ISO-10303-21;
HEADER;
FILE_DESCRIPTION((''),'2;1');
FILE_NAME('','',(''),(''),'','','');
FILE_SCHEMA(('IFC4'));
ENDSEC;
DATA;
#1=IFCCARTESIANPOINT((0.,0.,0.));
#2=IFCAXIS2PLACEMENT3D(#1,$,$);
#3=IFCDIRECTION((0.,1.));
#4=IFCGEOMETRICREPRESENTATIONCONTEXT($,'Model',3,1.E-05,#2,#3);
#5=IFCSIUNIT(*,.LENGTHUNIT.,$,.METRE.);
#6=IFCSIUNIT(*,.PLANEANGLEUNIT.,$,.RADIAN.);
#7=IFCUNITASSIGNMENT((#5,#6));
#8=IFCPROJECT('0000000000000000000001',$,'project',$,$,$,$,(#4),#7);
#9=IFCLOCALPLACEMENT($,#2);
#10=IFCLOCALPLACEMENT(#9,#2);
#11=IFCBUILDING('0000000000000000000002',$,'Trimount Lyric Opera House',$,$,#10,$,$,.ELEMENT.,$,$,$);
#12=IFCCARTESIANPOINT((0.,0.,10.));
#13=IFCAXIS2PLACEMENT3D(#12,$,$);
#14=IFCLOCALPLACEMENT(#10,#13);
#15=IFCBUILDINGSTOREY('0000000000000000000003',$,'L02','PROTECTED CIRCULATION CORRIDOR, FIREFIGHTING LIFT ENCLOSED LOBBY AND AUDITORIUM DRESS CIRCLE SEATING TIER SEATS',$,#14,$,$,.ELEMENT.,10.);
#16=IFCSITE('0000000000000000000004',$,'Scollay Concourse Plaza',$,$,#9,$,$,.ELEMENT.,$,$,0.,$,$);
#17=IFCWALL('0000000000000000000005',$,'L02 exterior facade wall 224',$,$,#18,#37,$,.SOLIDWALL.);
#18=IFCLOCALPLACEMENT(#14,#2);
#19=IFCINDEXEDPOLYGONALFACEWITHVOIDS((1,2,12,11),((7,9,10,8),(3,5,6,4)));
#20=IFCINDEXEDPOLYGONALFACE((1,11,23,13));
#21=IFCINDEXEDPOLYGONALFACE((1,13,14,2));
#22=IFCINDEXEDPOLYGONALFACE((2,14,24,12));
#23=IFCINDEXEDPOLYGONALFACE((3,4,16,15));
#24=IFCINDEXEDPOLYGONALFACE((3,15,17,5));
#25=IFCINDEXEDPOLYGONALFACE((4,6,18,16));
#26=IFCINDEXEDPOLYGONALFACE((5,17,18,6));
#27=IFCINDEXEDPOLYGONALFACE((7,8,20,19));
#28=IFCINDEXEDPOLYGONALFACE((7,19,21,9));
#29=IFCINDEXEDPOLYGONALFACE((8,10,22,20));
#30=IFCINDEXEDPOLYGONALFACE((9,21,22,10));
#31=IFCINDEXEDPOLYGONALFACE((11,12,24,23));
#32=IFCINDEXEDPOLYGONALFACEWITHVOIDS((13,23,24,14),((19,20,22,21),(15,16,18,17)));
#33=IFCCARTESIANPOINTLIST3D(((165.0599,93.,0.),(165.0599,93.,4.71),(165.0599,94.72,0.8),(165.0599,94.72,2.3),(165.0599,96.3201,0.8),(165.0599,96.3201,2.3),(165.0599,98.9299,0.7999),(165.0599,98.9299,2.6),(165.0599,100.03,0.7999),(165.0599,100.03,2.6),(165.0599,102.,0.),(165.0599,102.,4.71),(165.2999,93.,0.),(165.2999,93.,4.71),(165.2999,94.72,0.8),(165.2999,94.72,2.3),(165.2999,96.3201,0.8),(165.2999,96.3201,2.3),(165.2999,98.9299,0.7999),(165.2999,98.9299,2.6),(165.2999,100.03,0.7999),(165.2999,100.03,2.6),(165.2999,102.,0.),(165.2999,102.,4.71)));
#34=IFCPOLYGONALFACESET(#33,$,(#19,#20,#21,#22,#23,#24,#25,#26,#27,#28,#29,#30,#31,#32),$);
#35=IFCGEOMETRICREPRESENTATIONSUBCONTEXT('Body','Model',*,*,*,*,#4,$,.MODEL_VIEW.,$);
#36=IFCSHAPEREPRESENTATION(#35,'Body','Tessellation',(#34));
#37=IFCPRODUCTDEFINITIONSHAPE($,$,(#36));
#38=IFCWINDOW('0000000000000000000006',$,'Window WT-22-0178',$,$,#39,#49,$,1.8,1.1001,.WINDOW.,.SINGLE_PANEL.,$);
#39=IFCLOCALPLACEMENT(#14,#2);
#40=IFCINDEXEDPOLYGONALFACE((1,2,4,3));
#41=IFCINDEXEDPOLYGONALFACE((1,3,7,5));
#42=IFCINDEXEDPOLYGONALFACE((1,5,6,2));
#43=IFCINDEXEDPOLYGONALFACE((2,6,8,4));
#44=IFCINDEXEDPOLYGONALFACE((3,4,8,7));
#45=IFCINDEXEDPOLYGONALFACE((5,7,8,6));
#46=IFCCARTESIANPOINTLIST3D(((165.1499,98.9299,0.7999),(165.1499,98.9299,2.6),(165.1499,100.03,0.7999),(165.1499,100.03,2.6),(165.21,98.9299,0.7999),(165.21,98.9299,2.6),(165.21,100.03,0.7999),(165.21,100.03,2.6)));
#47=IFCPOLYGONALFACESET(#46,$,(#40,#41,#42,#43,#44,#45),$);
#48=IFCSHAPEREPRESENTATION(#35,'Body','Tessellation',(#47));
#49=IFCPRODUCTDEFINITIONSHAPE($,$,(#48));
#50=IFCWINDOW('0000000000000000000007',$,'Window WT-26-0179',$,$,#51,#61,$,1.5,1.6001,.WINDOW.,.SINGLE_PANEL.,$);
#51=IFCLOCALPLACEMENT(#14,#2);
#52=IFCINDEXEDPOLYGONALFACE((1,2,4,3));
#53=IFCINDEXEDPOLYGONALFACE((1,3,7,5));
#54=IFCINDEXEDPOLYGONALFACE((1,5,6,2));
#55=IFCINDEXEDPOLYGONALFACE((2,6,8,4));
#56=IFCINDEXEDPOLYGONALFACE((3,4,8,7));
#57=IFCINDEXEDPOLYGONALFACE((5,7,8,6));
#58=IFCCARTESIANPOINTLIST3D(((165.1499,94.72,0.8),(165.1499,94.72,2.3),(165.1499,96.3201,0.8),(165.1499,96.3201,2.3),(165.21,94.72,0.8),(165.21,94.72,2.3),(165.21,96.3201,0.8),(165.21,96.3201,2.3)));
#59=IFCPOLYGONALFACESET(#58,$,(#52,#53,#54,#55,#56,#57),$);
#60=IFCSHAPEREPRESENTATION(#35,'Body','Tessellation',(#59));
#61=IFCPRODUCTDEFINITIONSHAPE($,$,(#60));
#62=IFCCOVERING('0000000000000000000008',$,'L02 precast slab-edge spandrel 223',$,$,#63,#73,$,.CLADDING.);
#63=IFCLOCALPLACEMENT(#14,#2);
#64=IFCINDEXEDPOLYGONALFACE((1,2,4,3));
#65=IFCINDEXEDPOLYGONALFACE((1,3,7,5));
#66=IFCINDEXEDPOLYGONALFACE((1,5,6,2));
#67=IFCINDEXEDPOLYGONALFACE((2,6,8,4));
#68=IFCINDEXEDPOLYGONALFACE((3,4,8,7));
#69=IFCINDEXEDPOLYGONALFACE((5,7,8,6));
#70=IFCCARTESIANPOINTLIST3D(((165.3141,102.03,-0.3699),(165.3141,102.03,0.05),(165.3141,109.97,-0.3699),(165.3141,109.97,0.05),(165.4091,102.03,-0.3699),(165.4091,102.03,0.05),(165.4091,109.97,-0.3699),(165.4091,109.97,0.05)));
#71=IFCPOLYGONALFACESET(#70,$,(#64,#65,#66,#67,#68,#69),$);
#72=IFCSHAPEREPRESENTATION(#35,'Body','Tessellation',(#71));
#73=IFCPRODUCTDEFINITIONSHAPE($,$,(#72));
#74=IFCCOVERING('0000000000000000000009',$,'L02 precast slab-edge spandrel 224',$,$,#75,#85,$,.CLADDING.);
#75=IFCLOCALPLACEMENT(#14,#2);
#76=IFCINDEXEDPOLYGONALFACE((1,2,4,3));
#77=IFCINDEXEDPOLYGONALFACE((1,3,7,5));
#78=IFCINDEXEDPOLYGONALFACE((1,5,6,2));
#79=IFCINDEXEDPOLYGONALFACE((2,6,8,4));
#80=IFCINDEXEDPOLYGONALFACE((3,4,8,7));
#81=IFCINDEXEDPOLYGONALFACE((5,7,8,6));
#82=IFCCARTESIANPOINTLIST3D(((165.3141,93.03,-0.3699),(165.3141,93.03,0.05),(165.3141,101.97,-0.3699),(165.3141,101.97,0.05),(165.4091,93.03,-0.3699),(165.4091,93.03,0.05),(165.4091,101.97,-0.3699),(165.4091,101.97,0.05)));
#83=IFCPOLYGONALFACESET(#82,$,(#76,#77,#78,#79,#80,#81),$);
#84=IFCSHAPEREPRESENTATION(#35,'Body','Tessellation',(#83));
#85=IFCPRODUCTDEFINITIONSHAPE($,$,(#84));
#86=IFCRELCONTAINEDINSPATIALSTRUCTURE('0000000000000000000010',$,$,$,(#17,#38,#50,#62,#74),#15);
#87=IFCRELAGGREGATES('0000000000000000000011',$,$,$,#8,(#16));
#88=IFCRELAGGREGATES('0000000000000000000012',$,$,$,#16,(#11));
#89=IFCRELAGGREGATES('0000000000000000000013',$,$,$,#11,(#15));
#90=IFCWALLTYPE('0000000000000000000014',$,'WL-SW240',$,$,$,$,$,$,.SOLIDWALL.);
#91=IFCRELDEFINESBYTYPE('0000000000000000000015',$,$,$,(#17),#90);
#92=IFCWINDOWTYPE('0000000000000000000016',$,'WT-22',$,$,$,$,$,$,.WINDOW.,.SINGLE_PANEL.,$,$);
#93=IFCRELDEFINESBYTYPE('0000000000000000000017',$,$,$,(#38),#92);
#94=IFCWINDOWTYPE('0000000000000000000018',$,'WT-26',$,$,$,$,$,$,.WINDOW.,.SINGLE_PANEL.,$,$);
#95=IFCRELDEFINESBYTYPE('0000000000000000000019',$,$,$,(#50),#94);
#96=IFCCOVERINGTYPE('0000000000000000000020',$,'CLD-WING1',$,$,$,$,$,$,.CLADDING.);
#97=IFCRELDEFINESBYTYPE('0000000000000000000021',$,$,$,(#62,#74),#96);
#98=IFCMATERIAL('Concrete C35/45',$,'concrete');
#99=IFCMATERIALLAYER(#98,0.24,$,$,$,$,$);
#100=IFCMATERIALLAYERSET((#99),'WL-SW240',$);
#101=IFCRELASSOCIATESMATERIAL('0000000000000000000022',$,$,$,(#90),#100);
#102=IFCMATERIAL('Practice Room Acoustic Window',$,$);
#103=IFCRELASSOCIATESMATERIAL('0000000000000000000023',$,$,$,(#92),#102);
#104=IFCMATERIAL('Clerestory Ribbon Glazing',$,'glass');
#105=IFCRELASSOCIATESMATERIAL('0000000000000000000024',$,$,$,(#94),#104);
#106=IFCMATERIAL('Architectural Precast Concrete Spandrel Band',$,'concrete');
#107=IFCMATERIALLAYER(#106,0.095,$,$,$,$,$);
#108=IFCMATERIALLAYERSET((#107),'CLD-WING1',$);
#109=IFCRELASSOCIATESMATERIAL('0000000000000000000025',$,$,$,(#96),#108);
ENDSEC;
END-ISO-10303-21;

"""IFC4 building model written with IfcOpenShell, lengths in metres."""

from ifc_helpers import new_model, si_unit, direction, frame, frame_2d, origin, origin_2d, place, context, subcontext, project, spatial, rectangle, extrude, material, layer, layer_set, type_object, element, fill, save


model = new_model("IFC4")

# Units and contexts
model_context = context("Model", 3, precision=1e-05, world=origin(), true_north=direction((0.0, 1.0)))
body_context = subcontext(model_context, "Body", "Model", "MODEL_VIEW")
ifc_project = project(units=[si_unit("LENGTHUNIT", "METRE"), si_unit("PLANEANGLEUNIT", "RADIAN")], contexts=[model_context])

# Site, building, storey
site_placement = place(None, origin())
site = spatial("IfcSite", under=ifc_project, at=site_placement, Name="Scollay Concourse Plaza", CompositionType="ELEMENT", RefElevation=0.0)
building_placement = place(site_placement, origin())
building = spatial("IfcBuilding", under=site, at=building_placement, Name="Trimount Lyric Opera House", CompositionType="ELEMENT")
storey_placement = place(building_placement, frame((0.0, 0.0, 10.0)))
storey = spatial("IfcBuildingStorey", under=building, at=storey_placement, Name="L02", Description="PROTECTED CIRCULATION CORRIDOR, FIREFIGHTING LIFT ENCLOSED LOBBY AND AUDITORIUM DRESS CIRCLE SEATING TIER SEATS", CompositionType="ELEMENT", Elevation=10.0)

# Wall, openings, windows
ifc_material_1 = material(Name="Concrete C35/45", Category="concrete")
ifc_layer_1 = layer(ifc_material_1, 0.24)
ifc_layer_set_1 = layer_set([ifc_layer_1], Name="WL-SW240")
wall_type_1 = type_object("IfcWallType", Name="WL-SW240", PredefinedType="SOLIDWALL", material=ifc_layer_set_1)
wall_1_placement = place(storey_placement, frame((165.1799, 102.0, 0.0), z_axis=(0.0, 0.0, 1.0), x_axis=(0.0, -1.0, 0.0)))
wall_1 = element("IfcWall", 1, at=wall_1_placement, inside=storey, type_object=wall_type_1, Name="L02 exterior facade wall 224", PredefinedType="SOLIDWALL", context=body_context, shape_type="SweptSolid", body=[
    extrude(rectangle(XDim=9.0, YDim=0.24, at=frame_2d((4.5, 0.0))), origin(), (0.0, 0.0, 1.0), 4.71),
])
opening_1_placement = place(wall_1_placement, frame((1.97, 0.0, 0.8)))
opening_1 = element("IfcOpeningElement", 2, at=opening_1_placement, cuts=wall_1, PredefinedType="OPENING", context=body_context, shape_type="SweptSolid", body=[
    extrude(rectangle(XDim=1.1001, YDim=1.8, at=frame_2d((0.55, 0.8999))), frame((0.0, 0.1299, 0.0), z_axis=(0.0, -1.0, 0.0), x_axis=(1.0, 0.0, 0.0)), (0.0, 0.0, 1.0), 0.26),
])
opening_2_placement = place(wall_1_placement, frame((5.6799, 0.0, 0.8)))
opening_2 = element("IfcOpeningElement", 3, at=opening_2_placement, cuts=wall_1, PredefinedType="OPENING", context=body_context, shape_type="SweptSolid", body=[
    extrude(rectangle(XDim=1.6001, YDim=1.5, at=frame_2d((0.8, 0.75))), frame((0.0, 0.1299, 0.0), z_axis=(0.0, -1.0, 0.0), x_axis=(1.0, 0.0, 0.0)), (0.0, 0.0, 1.0), 0.26),
])
ifc_material_2 = material(Name="Practice Room Acoustic Window")
window_type_1 = type_object("IfcWindowType", Name="WT-22", PartitioningType="SINGLE_PANEL", PredefinedType="WINDOW", material=ifc_material_2)
window_1_placement = place(opening_1_placement, origin())
window_1 = element("IfcWindow", 4, at=window_1_placement, inside=storey, type_object=window_type_1, Name="Window WT-22-0178", OverallHeight=1.8, OverallWidth=1.1001, PartitioningType="SINGLE_PANEL", PredefinedType="WINDOW", context=body_context, shape_type="SweptSolid", body=[
    extrude(rectangle(XDim=1.1001, YDim=1.8, at=frame_2d((0.55, 0.8999))), frame((0.0, 0.03, 0.0), z_axis=(0.0, -1.0, 0.0), x_axis=(1.0, 0.0, 0.0)), (0.0, 0.0, 1.0), 0.0601),
])
fill(opening_1, window_1)
ifc_material_3 = material(Name="Clerestory Ribbon Glazing", Category="glass")
window_type_2 = type_object("IfcWindowType", Name="WT-26", PartitioningType="SINGLE_PANEL", PredefinedType="WINDOW", material=ifc_material_3)
window_2_placement = place(opening_2_placement, origin())
window_2 = element("IfcWindow", 5, at=window_2_placement, inside=storey, type_object=window_type_2, Name="Window WT-26-0179", OverallHeight=1.5, OverallWidth=1.6001, PartitioningType="SINGLE_PANEL", PredefinedType="WINDOW", context=body_context, shape_type="SweptSolid", body=[
    extrude(rectangle(XDim=1.6001, YDim=1.5, at=frame_2d((0.8, 0.75))), frame((0.0, 0.03, 0.0), z_axis=(0.0, -1.0, 0.0), x_axis=(1.0, 0.0, 0.0)), (0.0, 0.0, 1.0), 0.0601),
])
fill(opening_2, window_2)

# Coverings
ifc_material_4 = material(Name="Architectural Precast Concrete Spandrel Band", Category="concrete")
ifc_layer_2 = layer(ifc_material_4, 0.095)
ifc_layer_set_2 = layer_set([ifc_layer_2], Name="CLD-WING1")
covering_type = type_object("IfcCoveringType", Name="CLD-WING1", PredefinedType="CLADDING", material=ifc_layer_set_2)
covering_1_placement = place(storey_placement, frame((165.3616, 106.0, -0.3699), z_axis=(0.0, 0.0, 1.0), x_axis=(0.0, -1.0, 0.0)))
element("IfcCovering", 6, at=covering_1_placement, inside=storey, type_object=covering_type, Name="L02 precast slab-edge spandrel 223", PredefinedType="CLADDING", context=body_context, shape_type="SweptSolid", body=[
    extrude(rectangle(XDim=7.9399, YDim=0.095, at=origin_2d()), origin(), (0.0, 0.0, 1.0), 0.4199),
])
covering_2_placement = place(storey_placement, frame((165.3616, 97.5, -0.3699), z_axis=(0.0, 0.0, 1.0), x_axis=(0.0, -1.0, 0.0)))
element("IfcCovering", 7, at=covering_2_placement, inside=storey, type_object=covering_type, Name="L02 precast slab-edge spandrel 224", PredefinedType="CLADDING", context=body_context, shape_type="SweptSolid", body=[
    extrude(rectangle(XDim=8.9399, YDim=0.095, at=origin_2d()), origin(), (0.0, 0.0, 1.0), 0.4199),
])

save(model, "model.ifc")
